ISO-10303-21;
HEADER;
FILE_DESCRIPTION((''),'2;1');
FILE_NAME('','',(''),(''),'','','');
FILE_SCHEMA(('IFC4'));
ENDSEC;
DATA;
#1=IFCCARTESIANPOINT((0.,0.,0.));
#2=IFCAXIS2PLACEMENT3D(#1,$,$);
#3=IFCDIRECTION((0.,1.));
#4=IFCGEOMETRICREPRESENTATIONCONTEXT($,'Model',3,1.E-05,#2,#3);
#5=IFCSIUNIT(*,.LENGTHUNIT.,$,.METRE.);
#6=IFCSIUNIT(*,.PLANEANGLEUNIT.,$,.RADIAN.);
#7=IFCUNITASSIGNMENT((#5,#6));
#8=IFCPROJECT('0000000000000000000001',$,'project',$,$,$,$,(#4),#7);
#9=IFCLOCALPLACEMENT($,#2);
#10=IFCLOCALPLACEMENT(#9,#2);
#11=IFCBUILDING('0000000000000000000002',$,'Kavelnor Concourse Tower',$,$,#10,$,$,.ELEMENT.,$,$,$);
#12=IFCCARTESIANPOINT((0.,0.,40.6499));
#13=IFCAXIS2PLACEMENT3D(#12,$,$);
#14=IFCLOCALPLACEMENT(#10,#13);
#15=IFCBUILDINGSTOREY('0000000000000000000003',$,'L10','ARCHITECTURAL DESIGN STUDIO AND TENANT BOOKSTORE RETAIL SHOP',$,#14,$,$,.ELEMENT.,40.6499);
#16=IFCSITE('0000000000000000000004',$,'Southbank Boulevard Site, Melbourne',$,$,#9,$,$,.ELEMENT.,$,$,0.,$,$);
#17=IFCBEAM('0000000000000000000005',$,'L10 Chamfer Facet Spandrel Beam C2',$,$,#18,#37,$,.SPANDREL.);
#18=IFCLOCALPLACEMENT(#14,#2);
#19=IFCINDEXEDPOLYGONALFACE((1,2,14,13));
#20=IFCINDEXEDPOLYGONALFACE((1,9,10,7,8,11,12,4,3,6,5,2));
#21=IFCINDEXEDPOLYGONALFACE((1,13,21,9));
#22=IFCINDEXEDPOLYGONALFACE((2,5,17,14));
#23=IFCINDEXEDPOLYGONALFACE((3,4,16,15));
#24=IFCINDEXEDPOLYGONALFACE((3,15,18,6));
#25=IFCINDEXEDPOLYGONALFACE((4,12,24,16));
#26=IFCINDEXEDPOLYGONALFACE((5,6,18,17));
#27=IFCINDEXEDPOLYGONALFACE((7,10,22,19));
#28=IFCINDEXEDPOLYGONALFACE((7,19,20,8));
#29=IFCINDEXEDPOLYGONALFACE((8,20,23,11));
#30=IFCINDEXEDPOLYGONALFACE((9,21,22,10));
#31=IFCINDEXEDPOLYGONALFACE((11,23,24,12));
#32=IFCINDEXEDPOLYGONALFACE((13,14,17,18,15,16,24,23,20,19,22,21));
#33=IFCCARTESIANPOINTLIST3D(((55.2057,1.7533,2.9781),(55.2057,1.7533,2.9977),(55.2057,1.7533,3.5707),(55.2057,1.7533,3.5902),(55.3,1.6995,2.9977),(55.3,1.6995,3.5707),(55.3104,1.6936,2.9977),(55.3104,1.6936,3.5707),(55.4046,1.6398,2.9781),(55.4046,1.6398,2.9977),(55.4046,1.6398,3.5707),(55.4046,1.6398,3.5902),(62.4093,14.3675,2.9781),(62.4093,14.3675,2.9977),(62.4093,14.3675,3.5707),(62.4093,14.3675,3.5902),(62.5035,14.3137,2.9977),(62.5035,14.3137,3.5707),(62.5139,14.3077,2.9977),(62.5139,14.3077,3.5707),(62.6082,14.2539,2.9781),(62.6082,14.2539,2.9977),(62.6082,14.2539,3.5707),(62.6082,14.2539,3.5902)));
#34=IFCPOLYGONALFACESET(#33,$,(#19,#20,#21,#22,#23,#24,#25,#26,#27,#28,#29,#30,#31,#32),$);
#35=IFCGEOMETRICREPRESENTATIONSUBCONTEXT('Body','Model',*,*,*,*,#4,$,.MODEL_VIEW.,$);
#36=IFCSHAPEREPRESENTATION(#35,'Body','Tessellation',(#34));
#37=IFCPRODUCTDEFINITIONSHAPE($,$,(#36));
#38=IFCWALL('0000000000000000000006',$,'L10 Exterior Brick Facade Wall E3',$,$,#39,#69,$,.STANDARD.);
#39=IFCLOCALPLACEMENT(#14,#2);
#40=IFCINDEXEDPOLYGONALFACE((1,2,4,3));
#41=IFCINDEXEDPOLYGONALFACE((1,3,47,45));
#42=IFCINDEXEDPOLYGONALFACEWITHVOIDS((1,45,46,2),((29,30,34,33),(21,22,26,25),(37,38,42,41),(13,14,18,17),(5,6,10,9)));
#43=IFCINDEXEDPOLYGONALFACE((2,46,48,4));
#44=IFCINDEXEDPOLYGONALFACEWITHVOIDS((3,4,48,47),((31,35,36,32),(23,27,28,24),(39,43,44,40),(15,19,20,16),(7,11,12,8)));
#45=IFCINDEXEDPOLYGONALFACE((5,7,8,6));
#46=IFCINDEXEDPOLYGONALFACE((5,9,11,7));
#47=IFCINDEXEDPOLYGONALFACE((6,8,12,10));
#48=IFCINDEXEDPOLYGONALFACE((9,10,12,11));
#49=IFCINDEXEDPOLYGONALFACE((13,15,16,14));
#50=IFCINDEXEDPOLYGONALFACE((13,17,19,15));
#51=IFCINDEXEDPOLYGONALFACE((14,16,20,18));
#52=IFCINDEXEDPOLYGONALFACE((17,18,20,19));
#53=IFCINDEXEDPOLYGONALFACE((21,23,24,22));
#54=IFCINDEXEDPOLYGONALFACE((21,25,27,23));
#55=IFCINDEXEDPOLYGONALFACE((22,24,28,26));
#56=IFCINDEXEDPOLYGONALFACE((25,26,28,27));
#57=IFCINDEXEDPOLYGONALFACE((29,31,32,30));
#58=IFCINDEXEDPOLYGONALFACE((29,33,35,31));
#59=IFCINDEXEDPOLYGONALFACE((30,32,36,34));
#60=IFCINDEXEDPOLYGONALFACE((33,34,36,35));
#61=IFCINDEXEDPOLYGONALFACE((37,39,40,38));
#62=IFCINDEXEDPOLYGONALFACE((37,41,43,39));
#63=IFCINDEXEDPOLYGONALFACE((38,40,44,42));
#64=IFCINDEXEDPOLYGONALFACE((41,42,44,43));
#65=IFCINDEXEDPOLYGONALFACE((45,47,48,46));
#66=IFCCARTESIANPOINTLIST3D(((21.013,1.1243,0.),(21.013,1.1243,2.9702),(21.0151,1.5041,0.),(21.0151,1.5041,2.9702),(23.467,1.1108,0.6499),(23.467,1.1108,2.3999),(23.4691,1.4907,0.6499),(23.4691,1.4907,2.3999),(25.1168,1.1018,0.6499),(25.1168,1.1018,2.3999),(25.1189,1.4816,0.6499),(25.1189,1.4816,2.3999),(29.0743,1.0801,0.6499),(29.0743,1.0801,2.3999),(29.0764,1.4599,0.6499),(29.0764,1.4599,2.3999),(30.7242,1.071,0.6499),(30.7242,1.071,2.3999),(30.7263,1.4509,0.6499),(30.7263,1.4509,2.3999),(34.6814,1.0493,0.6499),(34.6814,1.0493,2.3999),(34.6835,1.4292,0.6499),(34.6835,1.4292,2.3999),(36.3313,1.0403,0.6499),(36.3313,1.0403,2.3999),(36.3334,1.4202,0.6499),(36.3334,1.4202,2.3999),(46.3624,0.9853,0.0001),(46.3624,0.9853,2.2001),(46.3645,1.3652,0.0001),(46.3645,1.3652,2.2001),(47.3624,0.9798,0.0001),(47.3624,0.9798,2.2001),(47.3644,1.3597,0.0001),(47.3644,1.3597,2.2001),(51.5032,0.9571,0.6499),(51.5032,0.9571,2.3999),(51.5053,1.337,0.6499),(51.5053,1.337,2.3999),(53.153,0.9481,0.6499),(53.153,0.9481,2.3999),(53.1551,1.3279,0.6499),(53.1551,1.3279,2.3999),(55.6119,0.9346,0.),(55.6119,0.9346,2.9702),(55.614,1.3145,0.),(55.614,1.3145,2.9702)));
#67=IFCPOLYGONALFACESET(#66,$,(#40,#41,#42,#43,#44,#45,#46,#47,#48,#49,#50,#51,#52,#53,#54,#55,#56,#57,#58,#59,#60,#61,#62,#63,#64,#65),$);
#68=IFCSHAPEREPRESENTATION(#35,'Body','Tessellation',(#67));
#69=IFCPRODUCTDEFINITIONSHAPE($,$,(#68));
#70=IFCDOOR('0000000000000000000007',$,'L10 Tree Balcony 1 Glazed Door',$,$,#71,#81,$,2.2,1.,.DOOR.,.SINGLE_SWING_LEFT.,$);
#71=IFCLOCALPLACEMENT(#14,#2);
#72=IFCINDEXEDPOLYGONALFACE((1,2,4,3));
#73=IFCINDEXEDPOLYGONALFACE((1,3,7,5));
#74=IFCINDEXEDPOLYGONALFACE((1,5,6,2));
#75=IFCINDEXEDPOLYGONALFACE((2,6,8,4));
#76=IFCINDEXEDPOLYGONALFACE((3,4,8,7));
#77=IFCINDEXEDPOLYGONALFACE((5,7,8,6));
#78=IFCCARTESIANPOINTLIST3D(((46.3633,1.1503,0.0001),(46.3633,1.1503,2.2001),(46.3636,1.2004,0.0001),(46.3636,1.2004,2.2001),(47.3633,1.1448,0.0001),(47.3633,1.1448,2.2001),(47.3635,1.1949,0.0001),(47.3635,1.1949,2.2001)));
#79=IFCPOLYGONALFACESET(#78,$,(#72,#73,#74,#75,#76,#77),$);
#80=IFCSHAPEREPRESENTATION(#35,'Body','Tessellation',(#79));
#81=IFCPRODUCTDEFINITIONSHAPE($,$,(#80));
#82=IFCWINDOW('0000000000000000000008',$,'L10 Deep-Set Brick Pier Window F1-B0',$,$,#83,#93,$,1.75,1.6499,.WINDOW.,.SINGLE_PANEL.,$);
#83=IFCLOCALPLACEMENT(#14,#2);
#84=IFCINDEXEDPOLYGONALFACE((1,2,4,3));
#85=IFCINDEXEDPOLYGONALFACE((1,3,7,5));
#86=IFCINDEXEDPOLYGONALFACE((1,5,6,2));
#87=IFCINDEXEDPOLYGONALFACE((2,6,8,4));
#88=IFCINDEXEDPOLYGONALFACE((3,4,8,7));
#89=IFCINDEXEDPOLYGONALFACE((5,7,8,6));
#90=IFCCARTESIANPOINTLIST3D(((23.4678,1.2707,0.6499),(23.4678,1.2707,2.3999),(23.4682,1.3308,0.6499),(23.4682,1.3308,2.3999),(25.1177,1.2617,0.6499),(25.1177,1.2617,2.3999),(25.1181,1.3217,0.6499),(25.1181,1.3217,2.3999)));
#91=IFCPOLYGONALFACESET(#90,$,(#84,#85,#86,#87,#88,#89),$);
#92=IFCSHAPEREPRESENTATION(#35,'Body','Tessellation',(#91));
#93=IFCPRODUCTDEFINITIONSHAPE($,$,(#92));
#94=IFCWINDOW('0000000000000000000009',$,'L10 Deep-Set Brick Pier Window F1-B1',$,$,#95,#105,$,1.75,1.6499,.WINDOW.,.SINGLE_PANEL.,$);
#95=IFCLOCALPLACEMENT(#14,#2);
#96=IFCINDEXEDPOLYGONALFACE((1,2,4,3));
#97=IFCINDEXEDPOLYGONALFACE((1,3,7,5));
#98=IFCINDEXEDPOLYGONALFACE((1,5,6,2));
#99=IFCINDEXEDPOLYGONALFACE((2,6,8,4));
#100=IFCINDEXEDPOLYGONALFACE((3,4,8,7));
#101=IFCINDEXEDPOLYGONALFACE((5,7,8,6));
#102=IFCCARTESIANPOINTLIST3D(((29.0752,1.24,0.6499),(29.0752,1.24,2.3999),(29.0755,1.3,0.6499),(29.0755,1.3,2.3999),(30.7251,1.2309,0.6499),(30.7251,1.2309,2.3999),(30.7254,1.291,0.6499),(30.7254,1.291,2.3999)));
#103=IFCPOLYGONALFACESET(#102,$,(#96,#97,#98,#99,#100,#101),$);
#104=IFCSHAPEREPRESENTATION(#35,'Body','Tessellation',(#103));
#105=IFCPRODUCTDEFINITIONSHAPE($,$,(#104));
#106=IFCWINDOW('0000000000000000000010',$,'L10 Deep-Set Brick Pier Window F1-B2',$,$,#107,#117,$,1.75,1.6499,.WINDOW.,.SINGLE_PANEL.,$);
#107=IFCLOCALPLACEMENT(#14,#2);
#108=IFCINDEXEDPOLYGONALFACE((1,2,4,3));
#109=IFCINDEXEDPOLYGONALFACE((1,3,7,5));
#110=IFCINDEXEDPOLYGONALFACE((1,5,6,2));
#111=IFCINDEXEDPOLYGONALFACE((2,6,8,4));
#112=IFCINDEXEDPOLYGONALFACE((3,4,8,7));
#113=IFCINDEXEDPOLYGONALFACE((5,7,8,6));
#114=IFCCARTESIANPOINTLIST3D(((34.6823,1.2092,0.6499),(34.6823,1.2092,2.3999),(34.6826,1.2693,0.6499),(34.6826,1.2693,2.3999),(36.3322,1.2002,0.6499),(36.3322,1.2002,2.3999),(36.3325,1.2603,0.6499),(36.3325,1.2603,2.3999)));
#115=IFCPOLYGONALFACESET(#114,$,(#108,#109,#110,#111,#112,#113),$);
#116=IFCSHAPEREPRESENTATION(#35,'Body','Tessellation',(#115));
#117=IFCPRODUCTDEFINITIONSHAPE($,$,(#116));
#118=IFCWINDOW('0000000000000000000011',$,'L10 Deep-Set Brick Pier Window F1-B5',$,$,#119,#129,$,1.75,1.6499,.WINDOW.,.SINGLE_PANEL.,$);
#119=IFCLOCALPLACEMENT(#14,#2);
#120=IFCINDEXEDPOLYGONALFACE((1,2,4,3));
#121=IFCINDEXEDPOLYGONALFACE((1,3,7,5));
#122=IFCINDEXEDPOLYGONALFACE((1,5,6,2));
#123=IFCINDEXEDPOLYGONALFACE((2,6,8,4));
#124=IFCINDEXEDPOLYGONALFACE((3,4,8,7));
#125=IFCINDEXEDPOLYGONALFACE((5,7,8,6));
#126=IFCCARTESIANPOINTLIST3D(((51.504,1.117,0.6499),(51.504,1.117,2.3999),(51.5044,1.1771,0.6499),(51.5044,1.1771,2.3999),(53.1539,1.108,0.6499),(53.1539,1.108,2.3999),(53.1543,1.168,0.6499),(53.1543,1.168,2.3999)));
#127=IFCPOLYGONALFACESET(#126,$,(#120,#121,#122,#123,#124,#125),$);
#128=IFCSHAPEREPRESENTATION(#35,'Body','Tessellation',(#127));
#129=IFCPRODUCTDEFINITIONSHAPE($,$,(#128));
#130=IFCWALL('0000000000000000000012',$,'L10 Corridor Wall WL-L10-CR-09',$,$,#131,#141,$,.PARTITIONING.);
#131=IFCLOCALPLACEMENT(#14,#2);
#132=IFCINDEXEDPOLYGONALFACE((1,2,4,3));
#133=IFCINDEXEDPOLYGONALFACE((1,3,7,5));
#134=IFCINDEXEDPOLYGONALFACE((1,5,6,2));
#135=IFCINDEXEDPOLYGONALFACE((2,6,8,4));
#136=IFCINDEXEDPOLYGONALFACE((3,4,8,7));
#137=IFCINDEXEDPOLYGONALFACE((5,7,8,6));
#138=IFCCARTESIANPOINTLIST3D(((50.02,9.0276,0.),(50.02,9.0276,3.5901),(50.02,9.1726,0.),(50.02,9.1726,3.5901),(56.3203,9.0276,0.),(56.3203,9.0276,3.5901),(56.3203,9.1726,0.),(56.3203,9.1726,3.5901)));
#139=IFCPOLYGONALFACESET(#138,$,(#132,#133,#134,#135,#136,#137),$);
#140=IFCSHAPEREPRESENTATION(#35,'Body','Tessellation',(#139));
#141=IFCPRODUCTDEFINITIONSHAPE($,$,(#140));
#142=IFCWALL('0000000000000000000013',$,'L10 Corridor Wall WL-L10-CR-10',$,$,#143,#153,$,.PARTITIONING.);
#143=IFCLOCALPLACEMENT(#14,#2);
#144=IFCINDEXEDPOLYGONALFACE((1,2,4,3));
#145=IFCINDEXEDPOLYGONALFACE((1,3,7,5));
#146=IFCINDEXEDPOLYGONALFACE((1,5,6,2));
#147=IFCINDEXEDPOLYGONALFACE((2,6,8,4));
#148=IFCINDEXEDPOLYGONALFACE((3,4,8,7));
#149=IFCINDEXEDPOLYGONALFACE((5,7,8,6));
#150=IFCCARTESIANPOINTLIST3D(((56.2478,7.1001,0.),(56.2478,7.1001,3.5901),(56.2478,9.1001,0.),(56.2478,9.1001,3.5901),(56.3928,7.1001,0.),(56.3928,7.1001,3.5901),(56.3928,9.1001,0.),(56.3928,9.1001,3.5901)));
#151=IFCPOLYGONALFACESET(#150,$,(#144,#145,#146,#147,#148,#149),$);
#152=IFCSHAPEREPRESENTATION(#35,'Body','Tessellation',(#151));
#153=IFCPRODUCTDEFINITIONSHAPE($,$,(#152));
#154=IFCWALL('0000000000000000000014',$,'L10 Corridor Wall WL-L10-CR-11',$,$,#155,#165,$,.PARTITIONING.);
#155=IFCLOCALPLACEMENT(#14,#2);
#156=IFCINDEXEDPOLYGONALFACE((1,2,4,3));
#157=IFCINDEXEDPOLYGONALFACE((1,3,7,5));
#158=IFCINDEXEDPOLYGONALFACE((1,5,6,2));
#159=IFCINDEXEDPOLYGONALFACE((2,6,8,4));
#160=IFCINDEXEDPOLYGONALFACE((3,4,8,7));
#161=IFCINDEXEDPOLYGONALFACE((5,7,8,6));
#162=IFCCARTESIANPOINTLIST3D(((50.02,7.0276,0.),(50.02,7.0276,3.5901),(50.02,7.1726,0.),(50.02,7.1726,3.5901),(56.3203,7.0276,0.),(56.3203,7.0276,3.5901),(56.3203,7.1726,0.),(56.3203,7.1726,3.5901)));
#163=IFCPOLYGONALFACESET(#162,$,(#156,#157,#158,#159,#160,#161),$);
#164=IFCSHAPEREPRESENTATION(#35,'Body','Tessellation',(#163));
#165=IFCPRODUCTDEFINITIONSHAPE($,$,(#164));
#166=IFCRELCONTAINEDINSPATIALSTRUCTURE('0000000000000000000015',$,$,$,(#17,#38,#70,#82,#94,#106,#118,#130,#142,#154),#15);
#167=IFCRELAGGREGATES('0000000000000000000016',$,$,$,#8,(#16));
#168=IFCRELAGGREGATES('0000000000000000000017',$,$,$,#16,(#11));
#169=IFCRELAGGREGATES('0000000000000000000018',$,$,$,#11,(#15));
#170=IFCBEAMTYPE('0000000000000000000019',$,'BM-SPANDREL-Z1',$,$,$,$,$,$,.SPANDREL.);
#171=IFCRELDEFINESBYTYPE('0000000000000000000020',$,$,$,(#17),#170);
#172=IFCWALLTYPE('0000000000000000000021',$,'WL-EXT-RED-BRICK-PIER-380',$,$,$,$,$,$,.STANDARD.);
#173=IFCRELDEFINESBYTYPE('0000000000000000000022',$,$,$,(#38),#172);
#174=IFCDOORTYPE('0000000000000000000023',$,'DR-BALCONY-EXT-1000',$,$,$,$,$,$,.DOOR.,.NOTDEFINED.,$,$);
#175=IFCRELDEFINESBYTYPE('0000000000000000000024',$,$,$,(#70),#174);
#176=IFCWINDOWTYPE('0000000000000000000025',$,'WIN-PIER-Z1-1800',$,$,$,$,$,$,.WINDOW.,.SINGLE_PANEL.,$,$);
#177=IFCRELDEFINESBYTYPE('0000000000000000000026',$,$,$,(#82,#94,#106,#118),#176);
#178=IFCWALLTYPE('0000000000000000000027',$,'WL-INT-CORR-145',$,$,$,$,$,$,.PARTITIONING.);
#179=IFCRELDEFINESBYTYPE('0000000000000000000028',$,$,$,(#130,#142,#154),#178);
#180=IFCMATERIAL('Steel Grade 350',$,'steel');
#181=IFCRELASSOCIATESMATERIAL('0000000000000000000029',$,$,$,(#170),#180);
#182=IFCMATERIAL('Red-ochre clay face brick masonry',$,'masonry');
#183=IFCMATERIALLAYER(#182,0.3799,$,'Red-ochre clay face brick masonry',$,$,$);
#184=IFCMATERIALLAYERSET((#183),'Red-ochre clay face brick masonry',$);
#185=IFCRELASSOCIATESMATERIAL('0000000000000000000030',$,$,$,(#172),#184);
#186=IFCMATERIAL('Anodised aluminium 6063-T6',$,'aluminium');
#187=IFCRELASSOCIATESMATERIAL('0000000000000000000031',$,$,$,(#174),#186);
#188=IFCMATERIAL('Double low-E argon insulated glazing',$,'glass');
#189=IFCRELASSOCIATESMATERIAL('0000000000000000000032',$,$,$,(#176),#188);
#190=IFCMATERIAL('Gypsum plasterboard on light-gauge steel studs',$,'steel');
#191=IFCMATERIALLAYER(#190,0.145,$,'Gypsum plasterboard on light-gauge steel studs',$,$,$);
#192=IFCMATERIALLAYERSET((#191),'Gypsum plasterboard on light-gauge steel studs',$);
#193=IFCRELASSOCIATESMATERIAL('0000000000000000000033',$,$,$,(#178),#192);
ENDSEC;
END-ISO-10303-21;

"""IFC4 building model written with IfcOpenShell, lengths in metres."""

from ifc_helpers import new_model, si_unit, direction, frame, frame_2d, origin, origin_2d, place, context, subcontext, project, spatial, rectangle, i_section, extrude, material, layer, layer_set, material_profile, profile_set, type_object, element, fill, save


model = new_model("IFC4")

# Units and contexts
model_context = context("Model", 3, precision=1e-05, world=origin(), true_north=direction((0.0, 1.0)))
body_context = subcontext(model_context, "Body", "Model", "MODEL_VIEW")
ifc_project = project(units=[si_unit("LENGTHUNIT", "METRE"), si_unit("PLANEANGLEUNIT", "RADIAN")], contexts=[model_context])

# Site, building, storey
site_placement = place(None, origin())
site = spatial("IfcSite", under=ifc_project, at=site_placement, Name="Southbank Boulevard Site, Melbourne", CompositionType="ELEMENT", RefElevation=0.0)
building_placement = place(site_placement, origin())
building = spatial("IfcBuilding", under=site, at=building_placement, Name="Kavelnor Concourse Tower", CompositionType="ELEMENT")
storey_placement = place(building_placement, frame((0.0, 0.0, 40.6499)))
storey = spatial("IfcBuildingStorey", under=building, at=storey_placement, Name="L10", Description="ARCHITECTURAL DESIGN STUDIO AND TENANT BOOKSTORE RETAIL SHOP", CompositionType="ELEMENT", Elevation=40.6499)

# Shared definitions
ifc_material_1 = material(Name="Steel Grade 350", Category="steel")

# Beam
ifc_material_profile_1 = material_profile(ifc_material_1, i_section(OverallWidth=0.229, OverallDepth=0.6121, WebThickness=0.012, FlangeThickness=0.0195, at=origin_2d()), Name="610UB125")
ifc_profile_set_1 = profile_set([ifc_material_profile_1], Name="Steel Grade 350")
beam_type_1 = type_object("IfcBeamType", Name="BM-SPANDREL-Z1", PredefinedType="SPANDREL", material=ifc_profile_set_1)
beam_1_placement = place(storey_placement, frame((55.3052, 1.6965, 3.2842), z_axis=(0.495904, 0.868378, 0.0), x_axis=(-0.868378, 0.495904, 0.0)))
element("IfcBeam", 1, at=beam_1_placement, inside=storey, type_object=beam_type_1, Name="L10 Chamfer Facet Spandrel Beam C2", PredefinedType="SPANDREL", context=body_context, shape_type="SweptSolid", body=[
    extrude(i_section(OverallWidth=0.229, OverallDepth=0.6121, WebThickness=0.012, FlangeThickness=0.0195, at=origin_2d()), origin(), (0.0, 0.0, 1.0), 14.5261),
])

# Wall, openings, door, windows
ifc_material_2 = material(Name="Red-ochre clay face brick masonry", Category="masonry")
ifc_layer_1 = layer(ifc_material_2, 0.3799, Name="Red-ochre clay face brick masonry")
ifc_layer_set_1 = layer_set([ifc_layer_1], Name="Red-ochre clay face brick masonry")
wall_type_1 = type_object("IfcWallType", Name="WL-EXT-RED-BRICK-PIER-380", PredefinedType="STANDARD", material=ifc_layer_set_1)
wall_1_placement = place(storey_placement, frame((55.613, 1.1245, 0.0), z_axis=(0.0, 0.0, 1.0), x_axis=(-0.999985, 0.005483, 0.0)))
wall_1 = element("IfcWall", 2, at=wall_1_placement, inside=storey, type_object=wall_type_1, Name="L10 Exterior Brick Facade Wall E3", PredefinedType="STANDARD", context=body_context, shape_type="SweptSolid", body=[
    extrude(rectangle(XDim=34.5994, YDim=0.3799, at=frame_2d((17.2998, 0.0))), origin(), (0.0, 0.0, 1.0), 2.9702),
])
opening_1_placement = place(wall_1_placement, frame((8.2498, 0.0, 0.0)))
opening_1 = element("IfcOpeningElement", 3, at=opening_1_placement, cuts=wall_1, PredefinedType="OPENING", context=body_context, shape_type="SweptSolid", body=[
    extrude(rectangle(XDim=1.0, YDim=2.2, at=frame_2d((0.5, 1.1001))), frame((0.0, 0.2, 0.0), z_axis=(0.0, -1.0, 0.0), x_axis=(1.0, 0.0, 0.0)), (0.0, 0.0, 1.0), 0.3999),
])
opening_2_placement = place(wall_1_placement, frame((30.4956, 0.0, 0.6499)))
opening_2 = element("IfcOpeningElement", 4, at=opening_2_placement, cuts=wall_1, PredefinedType="OPENING", context=body_context, shape_type="SweptSolid", body=[
    extrude(rectangle(XDim=1.6499, YDim=1.75, at=frame_2d((0.825, 0.875))), frame((0.0, 0.2, 0.0), z_axis=(0.0, -1.0, 0.0), x_axis=(1.0, 0.0, 0.0)), (0.0, 0.0, 1.0), 0.3999),
])
opening_3_placement = place(wall_1_placement, frame((24.8882, 0.0, 0.6499)))
opening_3 = element("IfcOpeningElement", 5, at=opening_3_placement, cuts=wall_1, PredefinedType="OPENING", context=body_context, shape_type="SweptSolid", body=[
    extrude(rectangle(XDim=1.6499, YDim=1.75, at=frame_2d((0.825, 0.875))), frame((0.0, 0.2, 0.0), z_axis=(0.0, -1.0, 0.0), x_axis=(1.0, 0.0, 0.0)), (0.0, 0.0, 1.0), 0.3999),
])
opening_4_placement = place(wall_1_placement, frame((19.281, 0.0, 0.6499)))
opening_4 = element("IfcOpeningElement", 6, at=opening_4_placement, cuts=wall_1, PredefinedType="OPENING", context=body_context, shape_type="SweptSolid", body=[
    extrude(rectangle(XDim=1.6499, YDim=1.75, at=frame_2d((0.825, 0.875))), frame((0.0, 0.2, 0.0), z_axis=(0.0, -1.0, 0.0), x_axis=(1.0, 0.0, 0.0)), (0.0, 0.0, 1.0), 0.3999),
])
opening_5_placement = place(wall_1_placement, frame((2.459, 0.0, 0.6499)))
opening_5 = element("IfcOpeningElement", 7, at=opening_5_placement, cuts=wall_1, PredefinedType="OPENING", context=body_context, shape_type="SweptSolid", body=[
    extrude(rectangle(XDim=1.6499, YDim=1.75, at=frame_2d((0.825, 0.875))), frame((0.0, 0.2, 0.0), z_axis=(0.0, -1.0, 0.0), x_axis=(1.0, 0.0, 0.0)), (0.0, 0.0, 1.0), 0.3999),
])
ifc_material_3 = material(Name="Anodised aluminium 6063-T6", Category="aluminium")
door_type_1 = type_object("IfcDoorType", Name="DR-BALCONY-EXT-1000", OperationType="NOTDEFINED", PredefinedType="DOOR", material=ifc_material_3)
door_1_placement = place(opening_1_placement, origin())
door_1 = element("IfcDoor", 8, at=door_1_placement, inside=storey, type_object=door_type_1, Name="L10 Tree Balcony 1 Glazed Door", OperationType="SINGLE_SWING_LEFT", OverallHeight=2.2, OverallWidth=1.0, PredefinedType="DOOR", context=body_context, shape_type="SweptSolid", body=[
    extrude(rectangle(XDim=1.0, YDim=2.2, at=frame_2d((0.5, 1.1001))), frame((0.0, 0.0249, 0.0), z_axis=(0.0, -1.0, 0.0), x_axis=(1.0, 0.0, 0.0)), (0.0, 0.0, 1.0), 0.05),
])
fill(opening_1, door_1)
ifc_material_4 = material(Name="Double low-E argon insulated glazing", Category="glass")
window_type = type_object("IfcWindowType", Name="WIN-PIER-Z1-1800", PartitioningType="SINGLE_PANEL", PredefinedType="WINDOW", material=ifc_material_4)
window_1_placement = place(opening_2_placement, origin())
window_1 = element("IfcWindow", 9, at=window_1_placement, inside=storey, type_object=window_type, Name="L10 Deep-Set Brick Pier Window F1-B0", OverallHeight=1.75, OverallWidth=1.6499, PartitioningType="SINGLE_PANEL", PredefinedType="WINDOW", context=body_context, shape_type="SweptSolid", body=[
    extrude(rectangle(XDim=1.6499, YDim=1.75, at=frame_2d((0.825, 0.875))), frame((0.0, 0.03, 0.0), z_axis=(0.0, -1.0, 0.0), x_axis=(1.0, 0.0, 0.0)), (0.0, 0.0, 1.0), 0.0601),
])
fill(opening_2, window_1)
window_2_placement = place(opening_3_placement, origin())
window_2 = element("IfcWindow", 10, at=window_2_placement, inside=storey, type_object=window_type, Name="L10 Deep-Set Brick Pier Window F1-B1", OverallHeight=1.75, OverallWidth=1.6499, PartitioningType="SINGLE_PANEL", PredefinedType="WINDOW", context=body_context, shape_type="SweptSolid", body=[
    extrude(rectangle(XDim=1.6499, YDim=1.75, at=frame_2d((0.825, 0.875))), frame((0.0, 0.03, 0.0), z_axis=(0.0, -1.0, 0.0), x_axis=(1.0, 0.0, 0.0)), (0.0, 0.0, 1.0), 0.0601),
])
fill(opening_3, window_2)
window_3_placement = place(opening_4_placement, origin())
window_3 = element("IfcWindow", 11, at=window_3_placement, inside=storey, type_object=window_type, Name="L10 Deep-Set Brick Pier Window F1-B2", OverallHeight=1.75, OverallWidth=1.6499, PartitioningType="SINGLE_PANEL", PredefinedType="WINDOW", context=body_context, shape_type="SweptSolid", body=[
    extrude(rectangle(XDim=1.6499, YDim=1.75, at=frame_2d((0.825, 0.875))), frame((0.0, 0.03, 0.0), z_axis=(0.0, -1.0, 0.0), x_axis=(1.0, 0.0, 0.0)), (0.0, 0.0, 1.0), 0.0601),
])
fill(opening_4, window_3)
window_4_placement = place(opening_5_placement, origin())
window_4 = element("IfcWindow", 12, at=window_4_placement, inside=storey, type_object=window_type, Name="L10 Deep-Set Brick Pier Window F1-B5", OverallHeight=1.75, OverallWidth=1.6499, PartitioningType="SINGLE_PANEL", PredefinedType="WINDOW", context=body_context, shape_type="SweptSolid", body=[
    extrude(rectangle(XDim=1.6499, YDim=1.75, at=frame_2d((0.825, 0.875))), frame((0.0, 0.03, 0.0), z_axis=(0.0, -1.0, 0.0), x_axis=(1.0, 0.0, 0.0)), (0.0, 0.0, 1.0), 0.0601),
])
fill(opening_5, window_4)

# Walls
ifc_material_5 = material(Name="Gypsum plasterboard on light-gauge steel studs", Category="steel")
ifc_layer_2 = layer(ifc_material_5, 0.145, Name="Gypsum plasterboard on light-gauge steel studs")
ifc_layer_set_2 = layer_set([ifc_layer_2], Name="Gypsum plasterboard on light-gauge steel studs")
wall_type_2 = type_object("IfcWallType", Name="WL-INT-CORR-145", PredefinedType="PARTITIONING", material=ifc_layer_set_2)
wall_2_placement = place(storey_placement, frame((50.02, 9.1001, 0.0), z_axis=(0.0, 0.0, 1.0), x_axis=(1.0, 0.0, 0.0)))
element("IfcWall", 13, at=wall_2_placement, inside=storey, type_object=wall_type_2, Name="L10 Corridor Wall WL-L10-CR-09", PredefinedType="PARTITIONING", context=body_context, shape_type="SweptSolid", body=[
    extrude(rectangle(XDim=6.3003, YDim=0.145, at=frame_2d((3.1501, 0.0))), origin(), (0.0, 0.0, 1.0), 3.5901),
])
wall_3_placement = place(storey_placement, frame((56.3203, 9.1001, 0.0), z_axis=(0.0, 0.0, 1.0), x_axis=(0.0, -1.0, 0.0)))
element("IfcWall", 14, at=wall_3_placement, inside=storey, type_object=wall_type_2, Name="L10 Corridor Wall WL-L10-CR-10", PredefinedType="PARTITIONING", context=body_context, shape_type="SweptSolid", body=[
    extrude(rectangle(XDim=2.0, YDim=0.145, at=frame_2d((1.0, 0.0))), origin(), (0.0, 0.0, 1.0), 3.5901),
])
wall_4_placement = place(storey_placement, frame((56.3203, 7.1001, 0.0), z_axis=(0.0, 0.0, 1.0), x_axis=(-1.0, 0.0, 0.0)))
element("IfcWall", 15, at=wall_4_placement, inside=storey, type_object=wall_type_2, Name="L10 Corridor Wall WL-L10-CR-11", PredefinedType="PARTITIONING", context=body_context, shape_type="SweptSolid", body=[
    extrude(rectangle(XDim=6.3003, YDim=0.145, at=frame_2d((3.1501, 0.0))), origin(), (0.0, 0.0, 1.0), 3.5901),
])

save(model, "model.ifc")
